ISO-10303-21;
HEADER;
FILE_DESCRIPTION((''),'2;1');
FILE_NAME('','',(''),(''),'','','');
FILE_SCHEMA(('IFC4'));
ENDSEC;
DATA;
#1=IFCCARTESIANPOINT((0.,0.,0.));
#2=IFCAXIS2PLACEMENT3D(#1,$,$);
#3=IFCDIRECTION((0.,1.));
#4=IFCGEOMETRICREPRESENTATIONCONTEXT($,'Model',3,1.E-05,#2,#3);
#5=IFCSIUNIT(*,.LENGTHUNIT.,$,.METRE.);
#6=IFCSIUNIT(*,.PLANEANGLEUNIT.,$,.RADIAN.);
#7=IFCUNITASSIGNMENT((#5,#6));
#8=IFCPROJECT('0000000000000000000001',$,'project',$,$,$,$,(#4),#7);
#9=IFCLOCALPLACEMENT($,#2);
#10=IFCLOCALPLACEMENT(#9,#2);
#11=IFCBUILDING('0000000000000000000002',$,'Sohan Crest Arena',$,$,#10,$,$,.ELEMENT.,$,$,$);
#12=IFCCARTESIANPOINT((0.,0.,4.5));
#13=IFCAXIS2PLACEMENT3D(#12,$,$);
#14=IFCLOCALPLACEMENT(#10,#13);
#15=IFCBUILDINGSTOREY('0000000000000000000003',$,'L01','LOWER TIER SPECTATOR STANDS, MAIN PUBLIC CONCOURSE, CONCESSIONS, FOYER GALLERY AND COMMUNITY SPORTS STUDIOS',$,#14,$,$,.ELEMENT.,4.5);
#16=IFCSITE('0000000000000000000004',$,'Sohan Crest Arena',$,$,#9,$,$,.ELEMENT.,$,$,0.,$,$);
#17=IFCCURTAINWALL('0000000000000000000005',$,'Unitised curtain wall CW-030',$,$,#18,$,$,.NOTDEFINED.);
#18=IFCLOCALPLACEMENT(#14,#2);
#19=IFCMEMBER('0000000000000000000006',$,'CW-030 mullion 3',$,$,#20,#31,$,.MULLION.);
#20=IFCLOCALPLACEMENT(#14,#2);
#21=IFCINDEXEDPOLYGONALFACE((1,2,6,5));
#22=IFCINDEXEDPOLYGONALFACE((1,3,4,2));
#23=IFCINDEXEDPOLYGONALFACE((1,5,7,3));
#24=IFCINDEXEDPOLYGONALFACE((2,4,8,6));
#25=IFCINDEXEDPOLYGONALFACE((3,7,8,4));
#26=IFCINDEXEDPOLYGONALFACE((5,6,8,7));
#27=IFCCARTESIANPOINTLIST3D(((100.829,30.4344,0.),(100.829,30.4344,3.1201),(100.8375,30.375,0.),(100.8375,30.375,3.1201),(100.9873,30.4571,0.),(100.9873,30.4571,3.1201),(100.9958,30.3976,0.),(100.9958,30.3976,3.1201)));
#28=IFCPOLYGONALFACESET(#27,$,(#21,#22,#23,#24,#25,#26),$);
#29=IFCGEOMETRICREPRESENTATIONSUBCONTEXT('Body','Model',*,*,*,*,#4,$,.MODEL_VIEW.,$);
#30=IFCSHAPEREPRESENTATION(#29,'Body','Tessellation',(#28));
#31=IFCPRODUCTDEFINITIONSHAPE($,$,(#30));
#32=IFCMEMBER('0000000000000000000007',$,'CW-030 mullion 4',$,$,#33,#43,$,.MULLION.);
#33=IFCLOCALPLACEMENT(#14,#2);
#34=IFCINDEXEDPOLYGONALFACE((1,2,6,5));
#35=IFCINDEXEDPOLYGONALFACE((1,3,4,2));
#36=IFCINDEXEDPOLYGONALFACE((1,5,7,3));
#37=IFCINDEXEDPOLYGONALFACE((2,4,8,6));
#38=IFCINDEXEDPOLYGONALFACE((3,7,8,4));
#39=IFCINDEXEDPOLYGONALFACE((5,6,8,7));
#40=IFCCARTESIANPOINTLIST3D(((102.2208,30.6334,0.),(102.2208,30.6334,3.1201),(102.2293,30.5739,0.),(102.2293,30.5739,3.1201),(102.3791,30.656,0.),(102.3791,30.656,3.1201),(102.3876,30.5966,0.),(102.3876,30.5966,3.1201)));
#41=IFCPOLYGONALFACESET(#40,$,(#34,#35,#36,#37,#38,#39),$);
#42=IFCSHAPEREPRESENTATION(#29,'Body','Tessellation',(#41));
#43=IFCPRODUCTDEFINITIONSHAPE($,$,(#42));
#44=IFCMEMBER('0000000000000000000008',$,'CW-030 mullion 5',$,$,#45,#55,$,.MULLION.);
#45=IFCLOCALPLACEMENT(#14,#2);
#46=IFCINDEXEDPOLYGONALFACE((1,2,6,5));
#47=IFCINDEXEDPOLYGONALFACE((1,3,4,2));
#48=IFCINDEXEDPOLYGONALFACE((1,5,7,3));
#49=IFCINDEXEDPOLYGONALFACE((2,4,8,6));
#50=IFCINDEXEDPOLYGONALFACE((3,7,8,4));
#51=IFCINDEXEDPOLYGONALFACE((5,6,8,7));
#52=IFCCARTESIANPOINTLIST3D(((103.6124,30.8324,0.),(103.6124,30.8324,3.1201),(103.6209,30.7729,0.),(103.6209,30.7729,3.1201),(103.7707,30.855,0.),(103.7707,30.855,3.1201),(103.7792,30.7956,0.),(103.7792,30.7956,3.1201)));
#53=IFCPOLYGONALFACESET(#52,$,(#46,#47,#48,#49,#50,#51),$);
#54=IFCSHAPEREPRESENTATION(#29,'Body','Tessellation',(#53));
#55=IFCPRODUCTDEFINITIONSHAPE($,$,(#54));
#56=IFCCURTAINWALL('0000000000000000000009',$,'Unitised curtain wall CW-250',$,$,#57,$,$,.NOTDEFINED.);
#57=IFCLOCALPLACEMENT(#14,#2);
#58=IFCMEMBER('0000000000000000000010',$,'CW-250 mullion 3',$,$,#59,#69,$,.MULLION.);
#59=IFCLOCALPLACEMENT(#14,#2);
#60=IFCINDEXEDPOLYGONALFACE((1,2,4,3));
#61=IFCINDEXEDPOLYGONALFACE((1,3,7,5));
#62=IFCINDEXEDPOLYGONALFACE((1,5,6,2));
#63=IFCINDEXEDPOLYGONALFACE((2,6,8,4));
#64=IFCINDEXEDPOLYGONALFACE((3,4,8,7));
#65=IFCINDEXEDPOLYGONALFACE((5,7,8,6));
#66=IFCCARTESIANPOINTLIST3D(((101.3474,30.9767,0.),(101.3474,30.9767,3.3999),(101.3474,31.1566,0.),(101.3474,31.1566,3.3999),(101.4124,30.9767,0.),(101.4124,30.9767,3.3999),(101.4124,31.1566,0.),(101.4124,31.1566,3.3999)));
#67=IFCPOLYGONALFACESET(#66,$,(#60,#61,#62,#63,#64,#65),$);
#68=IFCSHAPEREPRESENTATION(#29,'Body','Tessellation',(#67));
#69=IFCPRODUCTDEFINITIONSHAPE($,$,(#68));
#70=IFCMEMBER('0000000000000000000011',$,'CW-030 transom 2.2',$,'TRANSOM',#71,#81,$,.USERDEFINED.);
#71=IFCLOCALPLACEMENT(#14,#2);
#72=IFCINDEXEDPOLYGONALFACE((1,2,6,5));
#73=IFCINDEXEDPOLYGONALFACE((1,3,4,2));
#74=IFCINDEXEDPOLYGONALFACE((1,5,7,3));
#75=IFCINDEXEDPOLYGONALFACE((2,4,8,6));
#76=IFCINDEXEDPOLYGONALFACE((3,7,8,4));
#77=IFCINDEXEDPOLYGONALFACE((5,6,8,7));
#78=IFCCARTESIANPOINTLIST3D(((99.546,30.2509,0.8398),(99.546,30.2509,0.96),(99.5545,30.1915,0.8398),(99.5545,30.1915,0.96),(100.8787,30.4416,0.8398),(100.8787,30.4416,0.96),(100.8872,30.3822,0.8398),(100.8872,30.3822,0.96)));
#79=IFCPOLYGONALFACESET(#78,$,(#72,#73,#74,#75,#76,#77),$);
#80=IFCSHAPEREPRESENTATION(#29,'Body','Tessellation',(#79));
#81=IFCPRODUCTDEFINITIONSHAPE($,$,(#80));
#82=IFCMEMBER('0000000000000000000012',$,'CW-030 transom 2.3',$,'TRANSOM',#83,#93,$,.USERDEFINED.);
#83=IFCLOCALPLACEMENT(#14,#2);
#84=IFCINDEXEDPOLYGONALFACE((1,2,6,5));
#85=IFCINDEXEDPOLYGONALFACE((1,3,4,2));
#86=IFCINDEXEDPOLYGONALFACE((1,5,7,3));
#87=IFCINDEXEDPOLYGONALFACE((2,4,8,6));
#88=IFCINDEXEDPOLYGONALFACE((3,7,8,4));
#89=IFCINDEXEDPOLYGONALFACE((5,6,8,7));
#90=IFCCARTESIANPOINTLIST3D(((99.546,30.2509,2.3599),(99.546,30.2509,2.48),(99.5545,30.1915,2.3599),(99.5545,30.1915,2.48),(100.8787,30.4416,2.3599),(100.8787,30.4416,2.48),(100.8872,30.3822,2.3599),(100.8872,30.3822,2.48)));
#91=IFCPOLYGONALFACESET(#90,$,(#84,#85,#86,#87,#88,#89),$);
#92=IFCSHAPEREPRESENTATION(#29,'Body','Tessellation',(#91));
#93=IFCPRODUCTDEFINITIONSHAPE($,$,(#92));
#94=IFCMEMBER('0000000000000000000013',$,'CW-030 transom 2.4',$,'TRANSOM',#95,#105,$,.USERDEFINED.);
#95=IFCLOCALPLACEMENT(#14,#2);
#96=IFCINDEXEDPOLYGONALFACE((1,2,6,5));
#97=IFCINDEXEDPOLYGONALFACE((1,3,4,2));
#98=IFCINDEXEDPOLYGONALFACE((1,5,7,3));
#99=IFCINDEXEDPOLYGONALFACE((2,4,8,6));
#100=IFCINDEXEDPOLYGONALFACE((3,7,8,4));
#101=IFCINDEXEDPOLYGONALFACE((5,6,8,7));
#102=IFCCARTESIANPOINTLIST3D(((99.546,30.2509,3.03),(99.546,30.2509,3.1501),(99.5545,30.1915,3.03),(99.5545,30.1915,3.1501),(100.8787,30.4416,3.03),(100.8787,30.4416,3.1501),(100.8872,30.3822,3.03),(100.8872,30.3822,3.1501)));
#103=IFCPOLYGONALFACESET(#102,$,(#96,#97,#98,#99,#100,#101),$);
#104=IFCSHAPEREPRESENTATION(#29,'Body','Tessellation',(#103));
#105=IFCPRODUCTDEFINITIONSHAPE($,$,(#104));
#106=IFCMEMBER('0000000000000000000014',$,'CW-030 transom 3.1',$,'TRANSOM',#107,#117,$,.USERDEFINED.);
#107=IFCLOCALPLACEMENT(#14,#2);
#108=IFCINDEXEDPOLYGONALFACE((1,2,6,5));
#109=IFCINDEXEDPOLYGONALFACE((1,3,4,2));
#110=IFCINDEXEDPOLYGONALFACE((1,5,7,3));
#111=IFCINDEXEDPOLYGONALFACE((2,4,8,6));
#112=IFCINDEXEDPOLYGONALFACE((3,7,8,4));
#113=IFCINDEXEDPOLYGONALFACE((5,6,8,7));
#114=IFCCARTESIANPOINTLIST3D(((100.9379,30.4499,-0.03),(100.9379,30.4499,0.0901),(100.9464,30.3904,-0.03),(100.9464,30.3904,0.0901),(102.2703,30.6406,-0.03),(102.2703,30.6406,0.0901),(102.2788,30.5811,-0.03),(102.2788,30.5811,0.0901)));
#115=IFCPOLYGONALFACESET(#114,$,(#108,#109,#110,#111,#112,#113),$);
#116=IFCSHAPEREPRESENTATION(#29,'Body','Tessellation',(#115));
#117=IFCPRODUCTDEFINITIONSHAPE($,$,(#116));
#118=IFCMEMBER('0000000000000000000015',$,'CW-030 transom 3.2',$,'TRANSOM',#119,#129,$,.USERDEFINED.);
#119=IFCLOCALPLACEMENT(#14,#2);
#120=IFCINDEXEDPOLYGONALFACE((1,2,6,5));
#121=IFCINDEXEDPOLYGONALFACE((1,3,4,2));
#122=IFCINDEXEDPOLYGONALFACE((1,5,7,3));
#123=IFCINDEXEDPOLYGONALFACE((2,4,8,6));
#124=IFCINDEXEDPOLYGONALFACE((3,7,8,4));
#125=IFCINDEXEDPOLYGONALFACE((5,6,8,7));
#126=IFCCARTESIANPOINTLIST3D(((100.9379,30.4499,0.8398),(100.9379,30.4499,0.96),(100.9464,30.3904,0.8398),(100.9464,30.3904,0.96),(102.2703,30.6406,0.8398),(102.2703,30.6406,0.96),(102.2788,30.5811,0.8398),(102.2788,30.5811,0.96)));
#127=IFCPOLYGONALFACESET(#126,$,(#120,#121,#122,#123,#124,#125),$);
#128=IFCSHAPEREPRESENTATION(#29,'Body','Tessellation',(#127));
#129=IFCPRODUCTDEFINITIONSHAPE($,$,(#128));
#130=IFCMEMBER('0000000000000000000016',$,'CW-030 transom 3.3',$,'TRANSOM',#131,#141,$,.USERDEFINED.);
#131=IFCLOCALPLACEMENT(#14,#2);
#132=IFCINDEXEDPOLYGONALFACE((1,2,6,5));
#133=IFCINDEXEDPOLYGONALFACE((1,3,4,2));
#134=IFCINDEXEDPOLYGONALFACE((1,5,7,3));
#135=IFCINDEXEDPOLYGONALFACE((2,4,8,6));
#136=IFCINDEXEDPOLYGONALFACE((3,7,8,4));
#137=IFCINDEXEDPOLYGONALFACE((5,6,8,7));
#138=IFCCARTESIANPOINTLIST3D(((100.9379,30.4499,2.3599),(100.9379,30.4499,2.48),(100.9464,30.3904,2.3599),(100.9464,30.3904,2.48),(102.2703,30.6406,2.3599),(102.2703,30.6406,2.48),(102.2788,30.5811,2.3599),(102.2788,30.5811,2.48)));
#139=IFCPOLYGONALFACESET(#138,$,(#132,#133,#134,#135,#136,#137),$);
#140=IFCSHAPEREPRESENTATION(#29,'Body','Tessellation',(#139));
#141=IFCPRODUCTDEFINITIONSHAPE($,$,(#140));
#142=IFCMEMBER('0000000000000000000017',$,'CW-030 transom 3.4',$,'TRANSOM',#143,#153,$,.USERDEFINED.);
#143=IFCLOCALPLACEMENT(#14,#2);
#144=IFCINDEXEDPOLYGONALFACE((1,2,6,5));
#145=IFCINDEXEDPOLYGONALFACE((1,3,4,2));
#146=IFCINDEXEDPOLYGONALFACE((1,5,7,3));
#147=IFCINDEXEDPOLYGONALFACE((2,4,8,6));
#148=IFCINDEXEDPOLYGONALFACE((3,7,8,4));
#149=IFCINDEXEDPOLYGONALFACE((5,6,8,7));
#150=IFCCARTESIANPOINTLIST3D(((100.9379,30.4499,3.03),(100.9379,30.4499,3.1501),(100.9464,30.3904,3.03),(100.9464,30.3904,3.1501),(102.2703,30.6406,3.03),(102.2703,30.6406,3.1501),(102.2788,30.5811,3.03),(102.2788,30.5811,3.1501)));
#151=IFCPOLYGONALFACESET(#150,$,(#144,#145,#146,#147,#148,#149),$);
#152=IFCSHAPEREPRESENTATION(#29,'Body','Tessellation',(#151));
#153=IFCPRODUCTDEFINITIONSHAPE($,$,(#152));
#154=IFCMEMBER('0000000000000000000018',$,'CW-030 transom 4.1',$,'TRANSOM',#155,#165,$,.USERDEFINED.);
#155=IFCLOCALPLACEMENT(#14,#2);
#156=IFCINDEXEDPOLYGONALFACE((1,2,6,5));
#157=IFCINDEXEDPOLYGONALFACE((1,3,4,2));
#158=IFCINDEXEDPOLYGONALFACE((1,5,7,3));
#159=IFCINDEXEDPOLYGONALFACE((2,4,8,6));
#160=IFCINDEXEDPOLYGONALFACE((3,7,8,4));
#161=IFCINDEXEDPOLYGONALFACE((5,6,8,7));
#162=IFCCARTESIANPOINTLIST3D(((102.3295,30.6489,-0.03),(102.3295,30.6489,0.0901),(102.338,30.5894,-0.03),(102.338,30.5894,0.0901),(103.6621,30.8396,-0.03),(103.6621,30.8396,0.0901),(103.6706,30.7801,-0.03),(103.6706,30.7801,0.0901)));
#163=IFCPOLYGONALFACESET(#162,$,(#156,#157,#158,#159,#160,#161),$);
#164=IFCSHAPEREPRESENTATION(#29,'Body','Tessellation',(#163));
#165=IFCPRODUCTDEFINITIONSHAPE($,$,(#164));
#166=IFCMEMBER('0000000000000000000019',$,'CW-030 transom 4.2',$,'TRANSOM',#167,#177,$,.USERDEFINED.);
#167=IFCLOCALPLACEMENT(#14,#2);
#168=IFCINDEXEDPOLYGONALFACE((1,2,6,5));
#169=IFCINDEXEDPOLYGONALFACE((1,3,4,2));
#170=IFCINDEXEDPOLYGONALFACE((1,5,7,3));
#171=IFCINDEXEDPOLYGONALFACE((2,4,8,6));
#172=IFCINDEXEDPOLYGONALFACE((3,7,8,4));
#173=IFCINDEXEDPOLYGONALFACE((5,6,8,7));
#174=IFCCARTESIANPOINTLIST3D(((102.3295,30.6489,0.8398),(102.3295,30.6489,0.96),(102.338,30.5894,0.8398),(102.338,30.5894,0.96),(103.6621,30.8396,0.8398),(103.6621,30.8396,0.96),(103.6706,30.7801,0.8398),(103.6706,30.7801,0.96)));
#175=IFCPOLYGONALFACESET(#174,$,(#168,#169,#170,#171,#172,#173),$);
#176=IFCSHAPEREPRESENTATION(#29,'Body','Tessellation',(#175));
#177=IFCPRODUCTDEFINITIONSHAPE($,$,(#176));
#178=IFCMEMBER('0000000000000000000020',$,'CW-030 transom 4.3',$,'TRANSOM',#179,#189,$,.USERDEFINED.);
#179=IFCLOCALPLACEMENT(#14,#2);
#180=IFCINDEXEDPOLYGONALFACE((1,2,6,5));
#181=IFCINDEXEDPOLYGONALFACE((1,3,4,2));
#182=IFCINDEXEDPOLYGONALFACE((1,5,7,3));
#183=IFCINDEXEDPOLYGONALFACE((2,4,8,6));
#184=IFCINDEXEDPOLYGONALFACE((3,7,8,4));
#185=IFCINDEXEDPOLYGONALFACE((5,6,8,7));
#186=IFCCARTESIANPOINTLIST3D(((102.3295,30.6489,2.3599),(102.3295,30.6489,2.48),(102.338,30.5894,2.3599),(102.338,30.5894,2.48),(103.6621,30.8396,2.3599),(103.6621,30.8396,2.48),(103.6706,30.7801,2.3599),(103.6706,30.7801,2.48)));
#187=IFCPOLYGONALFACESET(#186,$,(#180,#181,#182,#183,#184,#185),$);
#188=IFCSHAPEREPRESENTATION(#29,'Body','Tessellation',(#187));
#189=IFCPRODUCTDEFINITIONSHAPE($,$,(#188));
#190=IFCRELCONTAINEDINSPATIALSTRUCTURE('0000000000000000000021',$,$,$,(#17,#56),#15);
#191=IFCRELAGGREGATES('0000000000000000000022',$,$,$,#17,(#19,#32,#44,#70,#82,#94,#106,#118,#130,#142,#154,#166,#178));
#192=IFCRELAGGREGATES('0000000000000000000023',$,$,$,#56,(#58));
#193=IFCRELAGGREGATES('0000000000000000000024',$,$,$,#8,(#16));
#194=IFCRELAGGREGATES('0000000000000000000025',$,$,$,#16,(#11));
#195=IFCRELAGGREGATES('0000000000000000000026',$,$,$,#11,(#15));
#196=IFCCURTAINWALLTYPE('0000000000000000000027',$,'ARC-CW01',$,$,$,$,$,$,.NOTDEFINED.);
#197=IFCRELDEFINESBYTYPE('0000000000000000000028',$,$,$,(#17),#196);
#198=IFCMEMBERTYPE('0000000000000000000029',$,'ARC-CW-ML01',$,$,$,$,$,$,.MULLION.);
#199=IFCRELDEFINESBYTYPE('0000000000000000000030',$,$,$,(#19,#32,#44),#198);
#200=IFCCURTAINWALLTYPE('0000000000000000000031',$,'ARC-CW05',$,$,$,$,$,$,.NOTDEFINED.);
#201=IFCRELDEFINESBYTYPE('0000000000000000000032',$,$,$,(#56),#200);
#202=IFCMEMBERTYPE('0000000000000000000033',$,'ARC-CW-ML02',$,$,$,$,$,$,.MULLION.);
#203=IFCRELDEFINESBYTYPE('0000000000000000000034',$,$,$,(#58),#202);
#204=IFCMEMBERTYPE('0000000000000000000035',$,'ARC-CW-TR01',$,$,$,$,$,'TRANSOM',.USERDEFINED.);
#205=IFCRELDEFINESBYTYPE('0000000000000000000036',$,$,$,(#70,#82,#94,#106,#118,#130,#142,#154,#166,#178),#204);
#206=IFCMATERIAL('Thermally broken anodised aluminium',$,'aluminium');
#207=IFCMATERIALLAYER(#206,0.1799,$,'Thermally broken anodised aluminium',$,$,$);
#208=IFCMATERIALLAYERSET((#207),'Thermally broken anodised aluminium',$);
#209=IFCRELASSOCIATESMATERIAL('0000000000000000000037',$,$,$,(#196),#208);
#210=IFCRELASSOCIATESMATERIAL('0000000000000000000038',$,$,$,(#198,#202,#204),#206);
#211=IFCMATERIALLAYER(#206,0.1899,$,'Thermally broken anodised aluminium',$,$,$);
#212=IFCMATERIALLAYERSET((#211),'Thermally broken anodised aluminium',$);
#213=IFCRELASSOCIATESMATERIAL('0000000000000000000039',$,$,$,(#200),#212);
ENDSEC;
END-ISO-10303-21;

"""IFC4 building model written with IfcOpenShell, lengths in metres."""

from ifc_helpers import new_model, si_unit, direction, frame, origin, origin_2d, place, context, subcontext, project, spatial, rectangle, extrude, material, layer, layer_set, material_profile, profile_set, type_object, element, aggregate, save


model = new_model("IFC4")

# Units and contexts
model_context = context("Model", 3, precision=1e-05, world=origin(), true_north=direction((0.0, 1.0)))
body_context = subcontext(model_context, "Body", "Model", "MODEL_VIEW")
ifc_project = project(units=[si_unit("LENGTHUNIT", "METRE"), si_unit("PLANEANGLEUNIT", "RADIAN")], contexts=[model_context])

# Site, building, storey
site_placement = place(None, origin())
site = spatial("IfcSite", under=ifc_project, at=site_placement, Name="Sohan Crest Arena", CompositionType="ELEMENT", RefElevation=0.0)
building_placement = place(site_placement, origin())
building = spatial("IfcBuilding", under=site, at=building_placement, Name="Sohan Crest Arena", CompositionType="ELEMENT")
storey_placement = place(building_placement, frame((0.0, 0.0, 4.5)))
storey = spatial("IfcBuildingStorey", under=building, at=storey_placement, Name="L01", Description="LOWER TIER SPECTATOR STANDS, MAIN PUBLIC CONCOURSE, CONCESSIONS, FOYER GALLERY AND COMMUNITY SPORTS STUDIOS", CompositionType="ELEMENT", Elevation=4.5)

# Curtain wall, members
ifc_material_1 = material(Name="Thermally broken anodised aluminium", Category="aluminium")
ifc_layer_1 = layer(ifc_material_1, 0.1799, Name="Thermally broken anodised aluminium")
ifc_layer_set_1 = layer_set([ifc_layer_1], Name="Thermally broken anodised aluminium")
curtain_wall_type_1 = type_object("IfcCurtainWallType", Name="ARC-CW01", PredefinedType="NOTDEFINED", material=ifc_layer_set_1)
curtain_wall_1_placement = place(storey_placement, origin())
curtain_wall_1 = element("IfcCurtainWall", 1, at=curtain_wall_1_placement, inside=storey, type_object=curtain_wall_type_1, Name="Unitised curtain wall CW-030", PredefinedType="NOTDEFINED")
ifc_material_profile_1 = material_profile(ifc_material_1, rectangle(XDim=0.0601, YDim=0.1599, at=origin_2d()), Name="ALU-MULL 60x160")
ifc_profile_set_1 = profile_set([ifc_material_profile_1], Name="Thermally broken anodised aluminium")
member_type_1 = type_object("IfcMemberType", Name="ARC-CW-ML01", PredefinedType="MULLION", material=ifc_profile_set_1)
member_1_placement = place(storey_placement, frame((100.9124, 30.416, 0.0), z_axis=(0.0, 0.0, 1.0), x_axis=(-0.141549, 0.989931, 0.0)))
member_1 = element("IfcMember", 2, at=member_1_placement, type_object=member_type_1, Name="CW-030 mullion 3", PredefinedType="MULLION", context=body_context, shape_type="SweptSolid", body=[
    extrude(rectangle(XDim=0.0601, YDim=0.1599, at=origin_2d()), origin(), (0.0, 0.0, 1.0), 3.1201),
])
member_2_placement = place(storey_placement, frame((102.3042, 30.615, 0.0), z_axis=(0.0, 0.0, 1.0), x_axis=(-0.141549, 0.989931, 0.0)))
member_2 = element("IfcMember", 3, at=member_2_placement, type_object=member_type_1, Name="CW-030 mullion 4", PredefinedType="MULLION", context=body_context, shape_type="SweptSolid", body=[
    extrude(rectangle(XDim=0.0601, YDim=0.1599, at=origin_2d()), origin(), (0.0, 0.0, 1.0), 3.1201),
])
member_3_placement = place(storey_placement, frame((103.6958, 30.814, 0.0), z_axis=(0.0, 0.0, 1.0), x_axis=(-0.141549, 0.989931, 0.0)))
member_3 = element("IfcMember", 4, at=member_3_placement, type_object=member_type_1, Name="CW-030 mullion 5", PredefinedType="MULLION", context=body_context, shape_type="SweptSolid", body=[
    extrude(rectangle(XDim=0.0601, YDim=0.1599, at=origin_2d()), origin(), (0.0, 0.0, 1.0), 3.1201),
])

# Curtain wall, member
ifc_layer_2 = layer(ifc_material_1, 0.1899, Name="Thermally broken anodised aluminium")
ifc_layer_set_2 = layer_set([ifc_layer_2], Name="Thermally broken anodised aluminium")
curtain_wall_type_2 = type_object("IfcCurtainWallType", Name="ARC-CW05", PredefinedType="NOTDEFINED", material=ifc_layer_set_2)
curtain_wall_2_placement = place(storey_placement, origin())
curtain_wall_2 = element("IfcCurtainWall", 5, at=curtain_wall_2_placement, inside=storey, type_object=curtain_wall_type_2, Name="Unitised curtain wall CW-250", PredefinedType="NOTDEFINED")
ifc_material_profile_2 = material_profile(ifc_material_1, rectangle(XDim=0.0649, YDim=0.1799, at=origin_2d()), Name="ALU-MULL 65x180")
ifc_profile_set_2 = profile_set([ifc_material_profile_2], Name="Thermally broken anodised aluminium")
member_type_2 = type_object("IfcMemberType", Name="ARC-CW-ML02", PredefinedType="MULLION", material=ifc_profile_set_2)
member_4_placement = place(storey_placement, frame((101.3799, 31.0667, 0.0), z_axis=(0.0, 0.0, 1.0), x_axis=(-1.0, 0.0, 0.0)))
member_4 = element("IfcMember", 6, at=member_4_placement, type_object=member_type_2, Name="CW-250 mullion 3", PredefinedType="MULLION", context=body_context, shape_type="SweptSolid", body=[
    extrude(rectangle(XDim=0.0649, YDim=0.1799, at=origin_2d()), origin(), (0.0, 0.0, 1.0), 3.3999),
])

# Members
ifc_material_profile_3 = material_profile(ifc_material_1, rectangle(XDim=0.0601, YDim=0.1201, at=origin_2d()), Name="ALU-TRAN 60x120")
ifc_profile_set_3 = profile_set([ifc_material_profile_3], Name="Thermally broken anodised aluminium")
member_type_3 = type_object("IfcMemberType", Name="ARC-CW-TR01", ElementType="TRANSOM", PredefinedType="USERDEFINED", material=ifc_profile_set_3)
member_5_placement = place(storey_placement, frame((99.5503, 30.2212, 0.8999), z_axis=(0.989917, 0.14165, 0.0), x_axis=(-0.14165, 0.989917, 0.0)))
member_5 = element("IfcMember", 7, at=member_5_placement, type_object=member_type_3, Name="CW-030 transom 2.2", ObjectType="TRANSOM", PredefinedType="USERDEFINED", context=body_context, shape_type="SweptSolid", body=[
    extrude(rectangle(XDim=0.0601, YDim=0.1201, at=origin_2d()), origin(), (0.0, 0.0, 1.0), 1.3462),
])
member_6_placement = place(storey_placement, frame((99.5503, 30.2212, 2.4199), z_axis=(0.989917, 0.14165, 0.0), x_axis=(-0.14165, 0.989917, 0.0)))
member_6 = element("IfcMember", 8, at=member_6_placement, type_object=member_type_3, Name="CW-030 transom 2.3", ObjectType="TRANSOM", PredefinedType="USERDEFINED", context=body_context, shape_type="SweptSolid", body=[
    extrude(rectangle(XDim=0.0601, YDim=0.1201, at=origin_2d()), origin(), (0.0, 0.0, 1.0), 1.3462),
])
member_7_placement = place(storey_placement, frame((99.5503, 30.2212, 3.0901), z_axis=(0.989917, 0.14165, 0.0), x_axis=(-0.14165, 0.989917, 0.0)))
member_7 = element("IfcMember", 9, at=member_7_placement, type_object=member_type_3, Name="CW-030 transom 2.4", ObjectType="TRANSOM", PredefinedType="USERDEFINED", context=body_context, shape_type="SweptSolid", body=[
    extrude(rectangle(XDim=0.0601, YDim=0.1201, at=origin_2d()), origin(), (0.0, 0.0, 1.0), 1.3462),
])
member_8_placement = place(storey_placement, frame((100.9421, 30.4202, 0.03), z_axis=(0.989913, 0.141675, 0.0), x_axis=(-0.141675, 0.989913, 0.0)))
member_8 = element("IfcMember", 10, at=member_8_placement, type_object=member_type_3, Name="CW-030 transom 3.1", ObjectType="TRANSOM", PredefinedType="USERDEFINED", context=body_context, shape_type="SweptSolid", body=[
    extrude(rectangle(XDim=0.0601, YDim=0.1201, at=origin_2d()), origin(), (0.0, 0.0, 1.0), 1.3459),
])
member_9_placement = place(storey_placement, frame((100.9421, 30.4202, 0.8999), z_axis=(0.989913, 0.141675, 0.0), x_axis=(-0.141675, 0.989913, 0.0)))
member_9 = element("IfcMember", 11, at=member_9_placement, type_object=member_type_3, Name="CW-030 transom 3.2", ObjectType="TRANSOM", PredefinedType="USERDEFINED", context=body_context, shape_type="SweptSolid", body=[
    extrude(rectangle(XDim=0.0601, YDim=0.1201, at=origin_2d()), origin(), (0.0, 0.0, 1.0), 1.3459),
])
member_10_placement = place(storey_placement, frame((100.9421, 30.4202, 2.4199), z_axis=(0.989913, 0.141675, 0.0), x_axis=(-0.141675, 0.989913, 0.0)))
member_10 = element("IfcMember", 12, at=member_10_placement, type_object=member_type_3, Name="CW-030 transom 3.3", ObjectType="TRANSOM", PredefinedType="USERDEFINED", context=body_context, shape_type="SweptSolid", body=[
    extrude(rectangle(XDim=0.0601, YDim=0.1201, at=origin_2d()), origin(), (0.0, 0.0, 1.0), 1.3459),
])
member_11_placement = place(storey_placement, frame((100.9421, 30.4202, 3.0901), z_axis=(0.989913, 0.141675, 0.0), x_axis=(-0.141675, 0.989913, 0.0)))
member_11 = element("IfcMember", 13, at=member_11_placement, type_object=member_type_3, Name="CW-030 transom 3.4", ObjectType="TRANSOM", PredefinedType="USERDEFINED", context=body_context, shape_type="SweptSolid", body=[
    extrude(rectangle(XDim=0.0601, YDim=0.1201, at=origin_2d()), origin(), (0.0, 0.0, 1.0), 1.3459),
])
member_12_placement = place(storey_placement, frame((102.3337, 30.6191, 0.03), z_axis=(0.989917, 0.14165, 0.0), x_axis=(-0.14165, 0.989917, 0.0)))
member_12 = element("IfcMember", 14, at=member_12_placement, type_object=member_type_3, Name="CW-030 transom 4.1", ObjectType="TRANSOM", PredefinedType="USERDEFINED", context=body_context, shape_type="SweptSolid", body=[
    extrude(rectangle(XDim=0.0601, YDim=0.1201, at=origin_2d()), origin(), (0.0, 0.0, 1.0), 1.3462),
])
member_13_placement = place(storey_placement, frame((102.3337, 30.6191, 0.8999), z_axis=(0.989917, 0.14165, 0.0), x_axis=(-0.14165, 0.989917, 0.0)))
member_13 = element("IfcMember", 15, at=member_13_placement, type_object=member_type_3, Name="CW-030 transom 4.2", ObjectType="TRANSOM", PredefinedType="USERDEFINED", context=body_context, shape_type="SweptSolid", body=[
    extrude(rectangle(XDim=0.0601, YDim=0.1201, at=origin_2d()), origin(), (0.0, 0.0, 1.0), 1.3462),
])
member_14_placement = place(storey_placement, frame((102.3337, 30.6191, 2.4199), z_axis=(0.989917, 0.14165, 0.0), x_axis=(-0.14165, 0.989917, 0.0)))
member_14 = element("IfcMember", 16, at=member_14_placement, type_object=member_type_3, Name="CW-030 transom 4.3", ObjectType="TRANSOM", PredefinedType="USERDEFINED", context=body_context, shape_type="SweptSolid", body=[
    extrude(rectangle(XDim=0.0601, YDim=0.1201, at=origin_2d()), origin(), (0.0, 0.0, 1.0), 1.3462),
])

aggregate(curtain_wall_1, [member_1, member_2, member_3, member_5, member_6, member_7, member_8, member_9, member_10, member_11, member_12, member_13, member_14])
aggregate(curtain_wall_2, [member_4])

save(model, "model.ifc")
